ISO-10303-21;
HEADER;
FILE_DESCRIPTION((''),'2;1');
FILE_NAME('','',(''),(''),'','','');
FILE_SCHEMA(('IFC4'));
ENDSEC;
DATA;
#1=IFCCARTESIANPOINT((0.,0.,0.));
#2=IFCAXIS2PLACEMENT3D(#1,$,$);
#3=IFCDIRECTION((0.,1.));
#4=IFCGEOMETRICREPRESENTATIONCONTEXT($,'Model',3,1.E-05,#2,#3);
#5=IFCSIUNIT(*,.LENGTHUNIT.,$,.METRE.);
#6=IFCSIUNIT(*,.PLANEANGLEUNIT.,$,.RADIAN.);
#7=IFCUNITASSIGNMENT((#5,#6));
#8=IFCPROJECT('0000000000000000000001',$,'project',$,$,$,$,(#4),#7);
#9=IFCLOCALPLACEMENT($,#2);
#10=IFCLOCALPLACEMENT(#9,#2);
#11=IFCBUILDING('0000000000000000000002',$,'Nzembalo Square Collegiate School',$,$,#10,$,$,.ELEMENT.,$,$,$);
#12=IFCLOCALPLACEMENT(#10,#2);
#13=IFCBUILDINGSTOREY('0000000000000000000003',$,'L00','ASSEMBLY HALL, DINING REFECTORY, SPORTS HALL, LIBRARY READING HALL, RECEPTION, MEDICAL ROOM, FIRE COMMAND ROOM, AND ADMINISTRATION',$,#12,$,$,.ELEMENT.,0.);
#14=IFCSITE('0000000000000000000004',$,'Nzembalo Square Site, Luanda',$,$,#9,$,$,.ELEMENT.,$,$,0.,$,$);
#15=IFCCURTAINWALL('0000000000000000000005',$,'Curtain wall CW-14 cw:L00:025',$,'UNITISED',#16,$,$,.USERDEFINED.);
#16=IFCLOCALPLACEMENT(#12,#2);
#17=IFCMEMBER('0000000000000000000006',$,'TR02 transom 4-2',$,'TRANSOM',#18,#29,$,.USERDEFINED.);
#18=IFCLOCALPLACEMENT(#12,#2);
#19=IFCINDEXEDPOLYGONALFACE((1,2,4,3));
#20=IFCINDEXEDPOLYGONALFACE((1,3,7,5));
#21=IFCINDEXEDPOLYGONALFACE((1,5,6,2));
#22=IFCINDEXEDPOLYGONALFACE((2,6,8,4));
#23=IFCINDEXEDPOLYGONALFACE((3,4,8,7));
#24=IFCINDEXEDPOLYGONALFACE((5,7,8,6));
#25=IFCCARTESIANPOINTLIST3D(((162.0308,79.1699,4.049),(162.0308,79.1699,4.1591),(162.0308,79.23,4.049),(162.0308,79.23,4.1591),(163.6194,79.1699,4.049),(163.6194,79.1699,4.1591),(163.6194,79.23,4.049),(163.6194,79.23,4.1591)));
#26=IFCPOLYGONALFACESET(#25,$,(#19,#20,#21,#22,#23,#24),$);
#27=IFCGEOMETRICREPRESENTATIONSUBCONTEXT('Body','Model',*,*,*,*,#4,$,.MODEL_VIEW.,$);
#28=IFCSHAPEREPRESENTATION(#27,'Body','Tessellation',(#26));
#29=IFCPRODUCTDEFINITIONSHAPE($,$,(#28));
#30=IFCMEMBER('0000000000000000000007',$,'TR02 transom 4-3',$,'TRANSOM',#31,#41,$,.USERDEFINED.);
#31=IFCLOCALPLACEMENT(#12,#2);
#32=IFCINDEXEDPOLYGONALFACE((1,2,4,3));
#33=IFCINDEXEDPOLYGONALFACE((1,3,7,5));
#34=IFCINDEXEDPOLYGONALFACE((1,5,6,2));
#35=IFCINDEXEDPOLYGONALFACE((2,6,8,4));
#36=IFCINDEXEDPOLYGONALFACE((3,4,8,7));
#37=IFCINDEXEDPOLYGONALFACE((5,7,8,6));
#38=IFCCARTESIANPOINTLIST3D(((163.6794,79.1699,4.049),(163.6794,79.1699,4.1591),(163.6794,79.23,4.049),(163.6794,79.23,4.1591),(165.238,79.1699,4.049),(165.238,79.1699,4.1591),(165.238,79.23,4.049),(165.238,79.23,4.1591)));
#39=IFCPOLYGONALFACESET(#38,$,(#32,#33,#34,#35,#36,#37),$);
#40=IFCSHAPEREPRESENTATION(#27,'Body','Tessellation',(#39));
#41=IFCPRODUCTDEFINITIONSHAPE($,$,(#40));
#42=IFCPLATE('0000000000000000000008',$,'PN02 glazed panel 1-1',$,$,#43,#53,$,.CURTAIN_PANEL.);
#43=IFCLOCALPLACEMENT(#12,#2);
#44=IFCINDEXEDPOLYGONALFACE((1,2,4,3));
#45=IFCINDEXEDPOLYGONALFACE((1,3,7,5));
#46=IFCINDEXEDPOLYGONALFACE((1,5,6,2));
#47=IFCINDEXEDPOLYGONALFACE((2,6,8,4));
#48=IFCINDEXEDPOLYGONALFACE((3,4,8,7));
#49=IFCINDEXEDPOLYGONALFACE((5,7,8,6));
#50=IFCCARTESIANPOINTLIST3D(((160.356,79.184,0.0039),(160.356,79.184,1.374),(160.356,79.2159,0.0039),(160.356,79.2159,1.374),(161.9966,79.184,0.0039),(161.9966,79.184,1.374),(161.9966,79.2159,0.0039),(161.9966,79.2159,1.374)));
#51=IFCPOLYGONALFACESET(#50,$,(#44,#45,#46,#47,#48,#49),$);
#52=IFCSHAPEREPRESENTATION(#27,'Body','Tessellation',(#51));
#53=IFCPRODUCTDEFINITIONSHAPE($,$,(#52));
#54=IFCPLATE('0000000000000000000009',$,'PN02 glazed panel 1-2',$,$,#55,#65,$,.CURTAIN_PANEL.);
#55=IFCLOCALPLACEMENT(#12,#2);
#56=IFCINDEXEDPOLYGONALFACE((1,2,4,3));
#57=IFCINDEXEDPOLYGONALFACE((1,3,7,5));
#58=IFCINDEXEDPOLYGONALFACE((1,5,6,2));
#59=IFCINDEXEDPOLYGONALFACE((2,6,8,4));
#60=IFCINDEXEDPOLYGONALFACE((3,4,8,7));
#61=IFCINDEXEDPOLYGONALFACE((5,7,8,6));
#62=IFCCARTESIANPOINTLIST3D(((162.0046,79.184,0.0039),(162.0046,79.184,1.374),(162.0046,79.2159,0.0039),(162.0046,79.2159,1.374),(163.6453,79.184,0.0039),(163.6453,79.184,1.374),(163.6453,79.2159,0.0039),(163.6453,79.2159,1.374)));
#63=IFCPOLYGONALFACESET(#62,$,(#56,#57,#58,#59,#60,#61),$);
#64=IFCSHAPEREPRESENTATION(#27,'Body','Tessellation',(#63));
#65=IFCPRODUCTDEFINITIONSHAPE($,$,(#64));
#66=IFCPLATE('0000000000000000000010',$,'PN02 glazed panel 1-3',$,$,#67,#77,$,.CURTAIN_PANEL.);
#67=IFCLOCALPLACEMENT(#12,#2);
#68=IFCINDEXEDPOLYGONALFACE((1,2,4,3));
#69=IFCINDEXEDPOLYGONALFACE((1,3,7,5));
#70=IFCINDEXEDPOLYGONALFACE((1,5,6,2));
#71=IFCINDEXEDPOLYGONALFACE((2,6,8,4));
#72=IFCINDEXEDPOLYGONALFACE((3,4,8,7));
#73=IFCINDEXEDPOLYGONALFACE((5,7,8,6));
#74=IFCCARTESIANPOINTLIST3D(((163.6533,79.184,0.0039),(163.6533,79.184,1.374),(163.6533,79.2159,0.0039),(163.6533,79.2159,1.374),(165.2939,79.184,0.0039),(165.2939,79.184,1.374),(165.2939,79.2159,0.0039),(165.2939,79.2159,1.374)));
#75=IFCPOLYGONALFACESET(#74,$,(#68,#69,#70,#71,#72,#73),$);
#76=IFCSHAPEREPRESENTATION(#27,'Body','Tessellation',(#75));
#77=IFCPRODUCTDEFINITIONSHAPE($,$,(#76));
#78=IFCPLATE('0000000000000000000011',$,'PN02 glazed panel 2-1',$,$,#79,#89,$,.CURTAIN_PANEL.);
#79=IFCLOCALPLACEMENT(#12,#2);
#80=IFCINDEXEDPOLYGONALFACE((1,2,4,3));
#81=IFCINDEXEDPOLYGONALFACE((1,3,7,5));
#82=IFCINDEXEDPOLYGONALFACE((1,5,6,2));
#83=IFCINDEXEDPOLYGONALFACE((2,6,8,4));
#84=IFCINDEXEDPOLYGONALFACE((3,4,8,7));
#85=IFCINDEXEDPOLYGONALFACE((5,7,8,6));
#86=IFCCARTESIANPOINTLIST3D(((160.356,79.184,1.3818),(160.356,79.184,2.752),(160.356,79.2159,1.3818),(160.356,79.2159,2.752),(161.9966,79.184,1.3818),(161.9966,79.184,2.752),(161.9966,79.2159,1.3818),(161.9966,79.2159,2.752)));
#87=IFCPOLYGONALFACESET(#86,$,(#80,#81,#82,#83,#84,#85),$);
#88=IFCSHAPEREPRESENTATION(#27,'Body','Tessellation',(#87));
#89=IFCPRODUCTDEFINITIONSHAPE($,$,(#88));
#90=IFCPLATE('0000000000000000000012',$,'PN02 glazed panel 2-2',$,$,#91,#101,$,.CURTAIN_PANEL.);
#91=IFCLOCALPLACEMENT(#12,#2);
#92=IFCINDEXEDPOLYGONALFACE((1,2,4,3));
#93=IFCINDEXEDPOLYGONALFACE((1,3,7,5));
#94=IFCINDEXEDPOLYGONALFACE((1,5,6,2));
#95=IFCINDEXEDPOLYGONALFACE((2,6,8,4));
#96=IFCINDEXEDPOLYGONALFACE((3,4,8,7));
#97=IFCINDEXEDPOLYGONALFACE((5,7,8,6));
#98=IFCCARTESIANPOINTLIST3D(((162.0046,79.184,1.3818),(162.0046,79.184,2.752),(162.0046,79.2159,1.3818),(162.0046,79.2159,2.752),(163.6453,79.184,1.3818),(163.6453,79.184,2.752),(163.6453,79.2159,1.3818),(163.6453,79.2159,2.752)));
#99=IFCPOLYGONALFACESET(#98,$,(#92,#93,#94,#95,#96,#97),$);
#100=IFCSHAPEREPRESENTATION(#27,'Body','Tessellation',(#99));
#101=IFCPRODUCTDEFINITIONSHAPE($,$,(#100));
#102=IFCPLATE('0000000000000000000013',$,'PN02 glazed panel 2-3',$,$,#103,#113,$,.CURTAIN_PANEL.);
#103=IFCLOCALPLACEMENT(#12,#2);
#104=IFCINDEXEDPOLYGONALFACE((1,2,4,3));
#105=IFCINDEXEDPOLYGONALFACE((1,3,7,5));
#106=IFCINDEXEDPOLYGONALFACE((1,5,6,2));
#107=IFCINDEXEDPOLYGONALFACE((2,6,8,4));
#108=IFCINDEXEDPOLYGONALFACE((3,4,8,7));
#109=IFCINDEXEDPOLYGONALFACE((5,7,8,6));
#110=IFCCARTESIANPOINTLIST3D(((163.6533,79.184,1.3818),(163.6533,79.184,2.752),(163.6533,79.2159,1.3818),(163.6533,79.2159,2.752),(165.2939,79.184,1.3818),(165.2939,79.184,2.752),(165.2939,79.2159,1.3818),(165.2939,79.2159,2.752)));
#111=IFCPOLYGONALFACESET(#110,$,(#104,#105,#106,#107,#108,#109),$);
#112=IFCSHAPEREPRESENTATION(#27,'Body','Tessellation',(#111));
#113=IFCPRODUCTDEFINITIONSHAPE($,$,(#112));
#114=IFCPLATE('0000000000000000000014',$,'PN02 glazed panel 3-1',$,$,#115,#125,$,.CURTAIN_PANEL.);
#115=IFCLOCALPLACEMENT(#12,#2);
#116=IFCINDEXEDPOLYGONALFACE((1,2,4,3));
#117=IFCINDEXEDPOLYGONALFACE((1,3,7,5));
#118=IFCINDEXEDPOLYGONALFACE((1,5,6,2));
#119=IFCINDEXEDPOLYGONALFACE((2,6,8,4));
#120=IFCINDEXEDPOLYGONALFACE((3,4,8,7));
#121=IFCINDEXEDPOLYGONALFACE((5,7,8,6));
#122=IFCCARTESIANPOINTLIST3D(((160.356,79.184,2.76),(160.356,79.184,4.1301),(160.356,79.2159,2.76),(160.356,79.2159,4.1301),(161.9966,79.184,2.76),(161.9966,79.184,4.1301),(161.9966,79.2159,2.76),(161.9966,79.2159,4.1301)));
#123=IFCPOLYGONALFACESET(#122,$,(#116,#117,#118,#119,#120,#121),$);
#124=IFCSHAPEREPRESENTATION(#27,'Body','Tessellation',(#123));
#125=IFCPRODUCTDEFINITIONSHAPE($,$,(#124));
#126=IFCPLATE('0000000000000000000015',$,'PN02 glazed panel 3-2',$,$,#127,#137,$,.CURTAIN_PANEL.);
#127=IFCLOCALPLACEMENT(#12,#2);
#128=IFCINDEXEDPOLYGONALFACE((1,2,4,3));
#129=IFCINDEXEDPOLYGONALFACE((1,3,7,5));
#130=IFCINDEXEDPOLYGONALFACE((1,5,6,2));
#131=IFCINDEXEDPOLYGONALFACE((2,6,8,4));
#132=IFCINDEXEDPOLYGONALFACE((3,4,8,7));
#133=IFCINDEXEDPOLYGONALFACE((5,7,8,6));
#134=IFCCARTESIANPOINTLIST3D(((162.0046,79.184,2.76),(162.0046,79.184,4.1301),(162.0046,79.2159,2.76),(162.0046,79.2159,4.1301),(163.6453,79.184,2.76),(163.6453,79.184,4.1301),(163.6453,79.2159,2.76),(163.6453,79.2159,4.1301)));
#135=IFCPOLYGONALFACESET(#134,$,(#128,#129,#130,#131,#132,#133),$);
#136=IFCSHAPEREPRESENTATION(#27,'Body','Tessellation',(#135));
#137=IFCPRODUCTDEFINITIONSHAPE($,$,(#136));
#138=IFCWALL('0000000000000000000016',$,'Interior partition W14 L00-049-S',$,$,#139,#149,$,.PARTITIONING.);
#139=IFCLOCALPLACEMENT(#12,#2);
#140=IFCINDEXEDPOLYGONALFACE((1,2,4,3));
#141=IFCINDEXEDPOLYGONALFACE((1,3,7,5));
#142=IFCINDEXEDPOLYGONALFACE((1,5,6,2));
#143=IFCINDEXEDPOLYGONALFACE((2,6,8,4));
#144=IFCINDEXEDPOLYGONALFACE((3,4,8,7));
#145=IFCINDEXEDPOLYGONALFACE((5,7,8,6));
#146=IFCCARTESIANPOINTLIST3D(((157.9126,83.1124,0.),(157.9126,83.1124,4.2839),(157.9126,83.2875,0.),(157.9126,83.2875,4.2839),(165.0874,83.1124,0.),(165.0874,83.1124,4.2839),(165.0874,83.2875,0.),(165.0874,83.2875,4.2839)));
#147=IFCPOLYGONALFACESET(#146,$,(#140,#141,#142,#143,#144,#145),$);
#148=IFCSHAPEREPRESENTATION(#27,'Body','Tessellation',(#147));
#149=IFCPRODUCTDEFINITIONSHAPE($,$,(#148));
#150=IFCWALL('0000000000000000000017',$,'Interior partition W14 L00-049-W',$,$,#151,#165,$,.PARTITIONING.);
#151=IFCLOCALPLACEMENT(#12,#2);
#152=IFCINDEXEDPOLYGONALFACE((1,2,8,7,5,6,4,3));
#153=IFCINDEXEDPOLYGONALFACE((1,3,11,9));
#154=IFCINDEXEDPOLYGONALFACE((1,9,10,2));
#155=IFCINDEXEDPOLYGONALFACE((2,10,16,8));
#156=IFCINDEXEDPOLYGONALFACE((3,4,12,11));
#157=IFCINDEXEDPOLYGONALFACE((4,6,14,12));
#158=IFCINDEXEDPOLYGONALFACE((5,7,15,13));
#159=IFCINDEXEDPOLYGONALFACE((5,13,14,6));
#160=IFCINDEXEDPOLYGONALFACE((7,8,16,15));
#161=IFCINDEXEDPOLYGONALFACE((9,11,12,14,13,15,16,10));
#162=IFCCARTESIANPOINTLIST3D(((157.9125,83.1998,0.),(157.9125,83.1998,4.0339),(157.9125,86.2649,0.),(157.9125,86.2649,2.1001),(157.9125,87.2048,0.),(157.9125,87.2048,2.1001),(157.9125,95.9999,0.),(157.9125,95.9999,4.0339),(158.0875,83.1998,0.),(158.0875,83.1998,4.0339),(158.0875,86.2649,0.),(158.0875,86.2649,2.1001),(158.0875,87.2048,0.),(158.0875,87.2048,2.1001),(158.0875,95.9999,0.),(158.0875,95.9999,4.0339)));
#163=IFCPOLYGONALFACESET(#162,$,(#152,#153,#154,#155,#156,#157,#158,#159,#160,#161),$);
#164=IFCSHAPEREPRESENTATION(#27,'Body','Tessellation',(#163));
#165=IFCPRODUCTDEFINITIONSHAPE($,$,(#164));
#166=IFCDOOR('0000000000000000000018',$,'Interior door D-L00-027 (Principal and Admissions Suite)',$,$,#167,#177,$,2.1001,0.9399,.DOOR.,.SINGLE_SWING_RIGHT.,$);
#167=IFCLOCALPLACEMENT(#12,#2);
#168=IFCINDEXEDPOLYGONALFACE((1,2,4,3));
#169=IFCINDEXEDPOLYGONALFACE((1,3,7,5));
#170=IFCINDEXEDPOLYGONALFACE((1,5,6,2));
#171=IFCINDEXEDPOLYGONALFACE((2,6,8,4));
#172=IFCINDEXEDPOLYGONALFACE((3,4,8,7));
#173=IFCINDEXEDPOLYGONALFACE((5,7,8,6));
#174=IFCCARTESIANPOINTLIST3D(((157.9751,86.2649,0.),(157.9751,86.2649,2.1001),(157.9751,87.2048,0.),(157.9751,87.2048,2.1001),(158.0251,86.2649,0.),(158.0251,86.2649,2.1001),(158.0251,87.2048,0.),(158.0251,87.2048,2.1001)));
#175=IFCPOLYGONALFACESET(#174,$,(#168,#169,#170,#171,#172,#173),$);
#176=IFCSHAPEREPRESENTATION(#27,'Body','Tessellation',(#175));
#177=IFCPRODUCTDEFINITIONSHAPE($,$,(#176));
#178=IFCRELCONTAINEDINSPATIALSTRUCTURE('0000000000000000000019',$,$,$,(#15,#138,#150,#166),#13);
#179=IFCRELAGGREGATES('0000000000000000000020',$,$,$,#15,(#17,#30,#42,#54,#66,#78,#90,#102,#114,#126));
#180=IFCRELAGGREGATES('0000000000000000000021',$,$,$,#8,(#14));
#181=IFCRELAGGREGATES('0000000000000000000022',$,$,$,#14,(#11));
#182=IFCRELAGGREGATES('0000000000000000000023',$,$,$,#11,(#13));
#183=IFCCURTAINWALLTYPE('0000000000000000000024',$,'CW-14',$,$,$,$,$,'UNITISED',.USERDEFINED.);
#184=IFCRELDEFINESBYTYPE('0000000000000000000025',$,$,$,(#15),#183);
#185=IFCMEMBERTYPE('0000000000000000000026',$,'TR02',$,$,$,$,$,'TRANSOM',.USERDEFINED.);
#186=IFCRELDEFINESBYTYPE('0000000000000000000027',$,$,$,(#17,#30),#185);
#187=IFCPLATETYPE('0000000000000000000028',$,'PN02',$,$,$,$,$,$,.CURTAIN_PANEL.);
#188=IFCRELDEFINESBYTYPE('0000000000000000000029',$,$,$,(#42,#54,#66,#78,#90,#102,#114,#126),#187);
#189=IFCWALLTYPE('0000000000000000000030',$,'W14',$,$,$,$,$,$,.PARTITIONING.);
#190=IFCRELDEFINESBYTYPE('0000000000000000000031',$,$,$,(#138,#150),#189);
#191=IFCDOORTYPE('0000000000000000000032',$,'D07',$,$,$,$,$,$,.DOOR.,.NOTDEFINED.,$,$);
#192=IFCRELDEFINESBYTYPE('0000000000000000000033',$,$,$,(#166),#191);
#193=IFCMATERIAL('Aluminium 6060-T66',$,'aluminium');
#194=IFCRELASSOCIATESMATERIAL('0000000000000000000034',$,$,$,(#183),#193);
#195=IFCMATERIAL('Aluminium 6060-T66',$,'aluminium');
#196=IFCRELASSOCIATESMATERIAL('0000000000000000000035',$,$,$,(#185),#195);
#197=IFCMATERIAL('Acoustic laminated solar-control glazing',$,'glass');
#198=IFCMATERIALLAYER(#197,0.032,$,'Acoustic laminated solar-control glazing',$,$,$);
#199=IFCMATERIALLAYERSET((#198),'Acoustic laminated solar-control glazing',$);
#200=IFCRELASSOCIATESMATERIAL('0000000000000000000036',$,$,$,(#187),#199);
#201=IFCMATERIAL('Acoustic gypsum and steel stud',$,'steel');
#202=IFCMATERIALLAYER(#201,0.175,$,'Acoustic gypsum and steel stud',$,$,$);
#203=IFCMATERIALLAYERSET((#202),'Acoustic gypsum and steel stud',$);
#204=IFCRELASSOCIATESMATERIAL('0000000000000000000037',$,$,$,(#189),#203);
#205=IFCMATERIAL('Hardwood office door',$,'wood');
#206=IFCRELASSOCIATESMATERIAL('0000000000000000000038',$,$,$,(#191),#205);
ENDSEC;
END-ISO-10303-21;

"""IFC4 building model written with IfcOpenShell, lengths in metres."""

from ifc_helpers import new_model, si_unit, direction, frame, frame_2d, origin, origin_2d, place, context, subcontext, project, spatial, rectangle, extrude, material, layer, layer_set, material_profile, profile_set, type_object, element, fill, aggregate, save


model = new_model("IFC4")

# Units and contexts
model_context = context("Model", 3, precision=1e-05, world=origin(), true_north=direction((0.0, 1.0)))
body_context = subcontext(model_context, "Body", "Model", "MODEL_VIEW")
ifc_project = project(units=[si_unit("LENGTHUNIT", "METRE"), si_unit("PLANEANGLEUNIT", "RADIAN")], contexts=[model_context])

# Site, building, storey
site_placement = place(None, origin())
site = spatial("IfcSite", under=ifc_project, at=site_placement, Name="Nzembalo Square Site, Luanda", CompositionType="ELEMENT", RefElevation=0.0)
building_placement = place(site_placement, origin())
building = spatial("IfcBuilding", under=site, at=building_placement, Name="Nzembalo Square Collegiate School", CompositionType="ELEMENT")
storey_placement = place(building_placement, origin())
storey = spatial("IfcBuildingStorey", under=building, at=storey_placement, Name="L00", Description="ASSEMBLY HALL, DINING REFECTORY, SPORTS HALL, LIBRARY READING HALL, RECEPTION, MEDICAL ROOM, FIRE COMMAND ROOM, AND ADMINISTRATION", CompositionType="ELEMENT", Elevation=0.0)

# Curtain wall, members, plates
ifc_material_1 = material(Name="Aluminium 6060-T66", Category="aluminium")
curtain_wall_type = type_object("IfcCurtainWallType", Name="CW-14", ElementType="UNITISED", PredefinedType="USERDEFINED", material=ifc_material_1)
curtain_wall_placement = place(storey_placement, origin())
curtain_wall = element("IfcCurtainWall", 1, at=curtain_wall_placement, inside=storey, type_object=curtain_wall_type, Name="Curtain wall CW-14 cw:L00:025", ObjectType="UNITISED", PredefinedType="USERDEFINED")
ifc_material_2 = material(Name="Aluminium 6060-T66", Category="aluminium")
ifc_material_profile_1 = material_profile(ifc_material_2, rectangle(XDim=0.0601, YDim=0.1101, at=origin_2d()), Name="ALU T60x110")
ifc_profile_set_1 = profile_set([ifc_material_profile_1], Name="Aluminium 6060-T66")
member_type_1 = type_object("IfcMemberType", Name="TR02", ElementType="TRANSOM", PredefinedType="USERDEFINED", material=ifc_profile_set_1)
member_1_placement = place(storey_placement, frame((162.0308, 79.2, 4.104), z_axis=(1.0, 0.0, 0.0), x_axis=(0.0, 1.0, 0.0)))
member_1 = element("IfcMember", 2, at=member_1_placement, type_object=member_type_1, Name="TR02 transom 4-2", ObjectType="TRANSOM", PredefinedType="USERDEFINED", context=body_context, shape_type="SweptSolid", body=[
    extrude(rectangle(XDim=0.0601, YDim=0.1101, at=origin_2d()), origin(), (0.0, 0.0, 1.0), 1.5886),
])
member_2_placement = place(storey_placement, frame((163.6794, 79.2, 4.104), z_axis=(1.0, 0.0, 0.0), x_axis=(0.0, 1.0, 0.0)))
member_2 = element("IfcMember", 3, at=member_2_placement, type_object=member_type_1, Name="TR02 transom 4-3", ObjectType="TRANSOM", PredefinedType="USERDEFINED", context=body_context, shape_type="SweptSolid", body=[
    extrude(rectangle(XDim=0.0601, YDim=0.1101, at=origin_2d()), origin(), (0.0, 0.0, 1.0), 1.5586),
])
ifc_material_3 = material(Name="Acoustic laminated solar-control glazing", Category="glass")
ifc_layer_1 = layer(ifc_material_3, 0.032, Name="Acoustic laminated solar-control glazing")
ifc_layer_set_1 = layer_set([ifc_layer_1], Name="Acoustic laminated solar-control glazing")
plate_type = type_object("IfcPlateType", Name="PN02", PredefinedType="CURTAIN_PANEL", material=ifc_layer_set_1)
plate_1_placement = place(storey_placement, frame((161.1763, 79.2, 0.0039), z_axis=(0.0, 0.0, 1.0), x_axis=(1.0, 0.0, 0.0)))
plate_1 = element("IfcPlate", 4, at=plate_1_placement, type_object=plate_type, Name="PN02 glazed panel 1-1", PredefinedType="CURTAIN_PANEL", context=body_context, shape_type="SweptSolid", body=[
    extrude(rectangle(XDim=1.6406, YDim=0.032, at=origin_2d()), origin(), (0.0, 0.0, 1.0), 1.3701),
])
plate_2_placement = place(storey_placement, frame((162.825, 79.2, 0.0039), z_axis=(0.0, 0.0, 1.0), x_axis=(1.0, 0.0, 0.0)))
plate_2 = element("IfcPlate", 5, at=plate_2_placement, type_object=plate_type, Name="PN02 glazed panel 1-2", PredefinedType="CURTAIN_PANEL", context=body_context, shape_type="SweptSolid", body=[
    extrude(rectangle(XDim=1.6406, YDim=0.032, at=origin_2d()), origin(), (0.0, 0.0, 1.0), 1.3701),
])
plate_3_placement = place(storey_placement, frame((164.4736, 79.2, 0.0039), z_axis=(0.0, 0.0, 1.0), x_axis=(1.0, 0.0, 0.0)))
plate_3 = element("IfcPlate", 6, at=plate_3_placement, type_object=plate_type, Name="PN02 glazed panel 1-3", PredefinedType="CURTAIN_PANEL", context=body_context, shape_type="SweptSolid", body=[
    extrude(rectangle(XDim=1.6406, YDim=0.032, at=origin_2d()), origin(), (0.0, 0.0, 1.0), 1.3701),
])
plate_4_placement = place(storey_placement, frame((161.1763, 79.2, 1.3818), z_axis=(0.0, 0.0, 1.0), x_axis=(1.0, 0.0, 0.0)))
plate_4 = element("IfcPlate", 7, at=plate_4_placement, type_object=plate_type, Name="PN02 glazed panel 2-1", PredefinedType="CURTAIN_PANEL", context=body_context, shape_type="SweptSolid", body=[
    extrude(rectangle(XDim=1.6406, YDim=0.032, at=origin_2d()), origin(), (0.0, 0.0, 1.0), 1.3701),
])
plate_5_placement = place(storey_placement, frame((162.825, 79.2, 1.3818), z_axis=(0.0, 0.0, 1.0), x_axis=(1.0, 0.0, 0.0)))
plate_5 = element("IfcPlate", 8, at=plate_5_placement, type_object=plate_type, Name="PN02 glazed panel 2-2", PredefinedType="CURTAIN_PANEL", context=body_context, shape_type="SweptSolid", body=[
    extrude(rectangle(XDim=1.6406, YDim=0.032, at=origin_2d()), origin(), (0.0, 0.0, 1.0), 1.3701),
])
plate_6_placement = place(storey_placement, frame((164.4736, 79.2, 1.3818), z_axis=(0.0, 0.0, 1.0), x_axis=(1.0, 0.0, 0.0)))
plate_6 = element("IfcPlate", 9, at=plate_6_placement, type_object=plate_type, Name="PN02 glazed panel 2-3", PredefinedType="CURTAIN_PANEL", context=body_context, shape_type="SweptSolid", body=[
    extrude(rectangle(XDim=1.6406, YDim=0.032, at=origin_2d()), origin(), (0.0, 0.0, 1.0), 1.3701),
])
plate_7_placement = place(storey_placement, frame((161.1763, 79.2, 2.76), z_axis=(0.0, 0.0, 1.0), x_axis=(1.0, 0.0, 0.0)))
plate_7 = element("IfcPlate", 10, at=plate_7_placement, type_object=plate_type, Name="PN02 glazed panel 3-1", PredefinedType="CURTAIN_PANEL", context=body_context, shape_type="SweptSolid", body=[
    extrude(rectangle(XDim=1.6406, YDim=0.032, at=origin_2d()), origin(), (0.0, 0.0, 1.0), 1.3701),
])
plate_8_placement = place(storey_placement, frame((162.825, 79.2, 2.76), z_axis=(0.0, 0.0, 1.0), x_axis=(1.0, 0.0, 0.0)))
plate_8 = element("IfcPlate", 11, at=plate_8_placement, type_object=plate_type, Name="PN02 glazed panel 3-2", PredefinedType="CURTAIN_PANEL", context=body_context, shape_type="SweptSolid", body=[
    extrude(rectangle(XDim=1.6406, YDim=0.032, at=origin_2d()), origin(), (0.0, 0.0, 1.0), 1.3701),
])
aggregate(curtain_wall, [member_1, member_2, plate_1, plate_2, plate_3, plate_4, plate_5, plate_6, plate_7, plate_8])

# Wall
ifc_material_4 = material(Name="Acoustic gypsum and steel stud", Category="steel")
ifc_layer_2 = layer(ifc_material_4, 0.175, Name="Acoustic gypsum and steel stud")
ifc_layer_set_2 = layer_set([ifc_layer_2], Name="Acoustic gypsum and steel stud")
wall_type = type_object("IfcWallType", Name="W14", PredefinedType="PARTITIONING", material=ifc_layer_set_2)
wall_1_placement = place(storey_placement, frame((157.9126, 83.2, 0.0), z_axis=(0.0, 0.0, 1.0), x_axis=(1.0, 0.0, 0.0)))
element("IfcWall", 12, at=wall_1_placement, inside=storey, type_object=wall_type, Name="Interior partition W14 L00-049-S", PredefinedType="PARTITIONING", context=body_context, shape_type="SweptSolid", body=[
    extrude(rectangle(XDim=7.1748, YDim=0.175, at=frame_2d((3.5874, 0.0))), origin(), (0.0, 0.0, 1.0), 4.2839),
])

# Wall, opening, door
wall_2_placement = place(storey_placement, frame((158.0, 83.2, 0.0), z_axis=(0.0, 0.0, 1.0), x_axis=(0.0, 1.0, 0.0)))
wall_2 = element("IfcWall", 13, at=wall_2_placement, inside=storey, type_object=wall_type, Name="Interior partition W14 L00-049-W", PredefinedType="PARTITIONING", context=body_context, shape_type="SweptSolid", body=[
    extrude(rectangle(XDim=12.8, YDim=0.175, at=frame_2d((6.3999, 0.0))), origin(), (0.0, 0.0, 1.0), 4.0339),
])
opening_placement = place(wall_2_placement, frame((3.0649, 0.0, 0.0)))
opening = element("IfcOpeningElement", 14, at=opening_placement, cuts=wall_2, PredefinedType="OPENING", context=body_context, shape_type="SweptSolid", body=[
    extrude(rectangle(XDim=0.9399, YDim=2.1001, at=frame_2d((0.47, 1.05))), frame((0.0, 0.0977, 0.0), z_axis=(0.0, -1.0, 0.0), x_axis=(1.0, 0.0, 0.0)), (0.0, 0.0, 1.0), 0.1951),
])
ifc_material_5 = material(Name="Hardwood office door", Category="wood")
door_type = type_object("IfcDoorType", Name="D07", OperationType="NOTDEFINED", PredefinedType="DOOR", material=ifc_material_5)
door_placement = place(opening_placement, origin())
door = element("IfcDoor", 15, at=door_placement, inside=storey, type_object=door_type, Name="Interior door D-L00-027 (Principal and Admissions Suite)", OperationType="SINGLE_SWING_RIGHT", OverallHeight=2.1001, OverallWidth=0.9399, PredefinedType="DOOR", context=body_context, shape_type="SweptSolid", body=[
    extrude(rectangle(XDim=0.9399, YDim=2.1001, at=frame_2d((0.47, 1.05))), frame((0.0, 0.0249, 0.0), z_axis=(0.0, -1.0, 0.0), x_axis=(1.0, 0.0, 0.0)), (0.0, 0.0, 1.0), 0.05),
])
fill(opening, door)

save(model, "model.ifc")
